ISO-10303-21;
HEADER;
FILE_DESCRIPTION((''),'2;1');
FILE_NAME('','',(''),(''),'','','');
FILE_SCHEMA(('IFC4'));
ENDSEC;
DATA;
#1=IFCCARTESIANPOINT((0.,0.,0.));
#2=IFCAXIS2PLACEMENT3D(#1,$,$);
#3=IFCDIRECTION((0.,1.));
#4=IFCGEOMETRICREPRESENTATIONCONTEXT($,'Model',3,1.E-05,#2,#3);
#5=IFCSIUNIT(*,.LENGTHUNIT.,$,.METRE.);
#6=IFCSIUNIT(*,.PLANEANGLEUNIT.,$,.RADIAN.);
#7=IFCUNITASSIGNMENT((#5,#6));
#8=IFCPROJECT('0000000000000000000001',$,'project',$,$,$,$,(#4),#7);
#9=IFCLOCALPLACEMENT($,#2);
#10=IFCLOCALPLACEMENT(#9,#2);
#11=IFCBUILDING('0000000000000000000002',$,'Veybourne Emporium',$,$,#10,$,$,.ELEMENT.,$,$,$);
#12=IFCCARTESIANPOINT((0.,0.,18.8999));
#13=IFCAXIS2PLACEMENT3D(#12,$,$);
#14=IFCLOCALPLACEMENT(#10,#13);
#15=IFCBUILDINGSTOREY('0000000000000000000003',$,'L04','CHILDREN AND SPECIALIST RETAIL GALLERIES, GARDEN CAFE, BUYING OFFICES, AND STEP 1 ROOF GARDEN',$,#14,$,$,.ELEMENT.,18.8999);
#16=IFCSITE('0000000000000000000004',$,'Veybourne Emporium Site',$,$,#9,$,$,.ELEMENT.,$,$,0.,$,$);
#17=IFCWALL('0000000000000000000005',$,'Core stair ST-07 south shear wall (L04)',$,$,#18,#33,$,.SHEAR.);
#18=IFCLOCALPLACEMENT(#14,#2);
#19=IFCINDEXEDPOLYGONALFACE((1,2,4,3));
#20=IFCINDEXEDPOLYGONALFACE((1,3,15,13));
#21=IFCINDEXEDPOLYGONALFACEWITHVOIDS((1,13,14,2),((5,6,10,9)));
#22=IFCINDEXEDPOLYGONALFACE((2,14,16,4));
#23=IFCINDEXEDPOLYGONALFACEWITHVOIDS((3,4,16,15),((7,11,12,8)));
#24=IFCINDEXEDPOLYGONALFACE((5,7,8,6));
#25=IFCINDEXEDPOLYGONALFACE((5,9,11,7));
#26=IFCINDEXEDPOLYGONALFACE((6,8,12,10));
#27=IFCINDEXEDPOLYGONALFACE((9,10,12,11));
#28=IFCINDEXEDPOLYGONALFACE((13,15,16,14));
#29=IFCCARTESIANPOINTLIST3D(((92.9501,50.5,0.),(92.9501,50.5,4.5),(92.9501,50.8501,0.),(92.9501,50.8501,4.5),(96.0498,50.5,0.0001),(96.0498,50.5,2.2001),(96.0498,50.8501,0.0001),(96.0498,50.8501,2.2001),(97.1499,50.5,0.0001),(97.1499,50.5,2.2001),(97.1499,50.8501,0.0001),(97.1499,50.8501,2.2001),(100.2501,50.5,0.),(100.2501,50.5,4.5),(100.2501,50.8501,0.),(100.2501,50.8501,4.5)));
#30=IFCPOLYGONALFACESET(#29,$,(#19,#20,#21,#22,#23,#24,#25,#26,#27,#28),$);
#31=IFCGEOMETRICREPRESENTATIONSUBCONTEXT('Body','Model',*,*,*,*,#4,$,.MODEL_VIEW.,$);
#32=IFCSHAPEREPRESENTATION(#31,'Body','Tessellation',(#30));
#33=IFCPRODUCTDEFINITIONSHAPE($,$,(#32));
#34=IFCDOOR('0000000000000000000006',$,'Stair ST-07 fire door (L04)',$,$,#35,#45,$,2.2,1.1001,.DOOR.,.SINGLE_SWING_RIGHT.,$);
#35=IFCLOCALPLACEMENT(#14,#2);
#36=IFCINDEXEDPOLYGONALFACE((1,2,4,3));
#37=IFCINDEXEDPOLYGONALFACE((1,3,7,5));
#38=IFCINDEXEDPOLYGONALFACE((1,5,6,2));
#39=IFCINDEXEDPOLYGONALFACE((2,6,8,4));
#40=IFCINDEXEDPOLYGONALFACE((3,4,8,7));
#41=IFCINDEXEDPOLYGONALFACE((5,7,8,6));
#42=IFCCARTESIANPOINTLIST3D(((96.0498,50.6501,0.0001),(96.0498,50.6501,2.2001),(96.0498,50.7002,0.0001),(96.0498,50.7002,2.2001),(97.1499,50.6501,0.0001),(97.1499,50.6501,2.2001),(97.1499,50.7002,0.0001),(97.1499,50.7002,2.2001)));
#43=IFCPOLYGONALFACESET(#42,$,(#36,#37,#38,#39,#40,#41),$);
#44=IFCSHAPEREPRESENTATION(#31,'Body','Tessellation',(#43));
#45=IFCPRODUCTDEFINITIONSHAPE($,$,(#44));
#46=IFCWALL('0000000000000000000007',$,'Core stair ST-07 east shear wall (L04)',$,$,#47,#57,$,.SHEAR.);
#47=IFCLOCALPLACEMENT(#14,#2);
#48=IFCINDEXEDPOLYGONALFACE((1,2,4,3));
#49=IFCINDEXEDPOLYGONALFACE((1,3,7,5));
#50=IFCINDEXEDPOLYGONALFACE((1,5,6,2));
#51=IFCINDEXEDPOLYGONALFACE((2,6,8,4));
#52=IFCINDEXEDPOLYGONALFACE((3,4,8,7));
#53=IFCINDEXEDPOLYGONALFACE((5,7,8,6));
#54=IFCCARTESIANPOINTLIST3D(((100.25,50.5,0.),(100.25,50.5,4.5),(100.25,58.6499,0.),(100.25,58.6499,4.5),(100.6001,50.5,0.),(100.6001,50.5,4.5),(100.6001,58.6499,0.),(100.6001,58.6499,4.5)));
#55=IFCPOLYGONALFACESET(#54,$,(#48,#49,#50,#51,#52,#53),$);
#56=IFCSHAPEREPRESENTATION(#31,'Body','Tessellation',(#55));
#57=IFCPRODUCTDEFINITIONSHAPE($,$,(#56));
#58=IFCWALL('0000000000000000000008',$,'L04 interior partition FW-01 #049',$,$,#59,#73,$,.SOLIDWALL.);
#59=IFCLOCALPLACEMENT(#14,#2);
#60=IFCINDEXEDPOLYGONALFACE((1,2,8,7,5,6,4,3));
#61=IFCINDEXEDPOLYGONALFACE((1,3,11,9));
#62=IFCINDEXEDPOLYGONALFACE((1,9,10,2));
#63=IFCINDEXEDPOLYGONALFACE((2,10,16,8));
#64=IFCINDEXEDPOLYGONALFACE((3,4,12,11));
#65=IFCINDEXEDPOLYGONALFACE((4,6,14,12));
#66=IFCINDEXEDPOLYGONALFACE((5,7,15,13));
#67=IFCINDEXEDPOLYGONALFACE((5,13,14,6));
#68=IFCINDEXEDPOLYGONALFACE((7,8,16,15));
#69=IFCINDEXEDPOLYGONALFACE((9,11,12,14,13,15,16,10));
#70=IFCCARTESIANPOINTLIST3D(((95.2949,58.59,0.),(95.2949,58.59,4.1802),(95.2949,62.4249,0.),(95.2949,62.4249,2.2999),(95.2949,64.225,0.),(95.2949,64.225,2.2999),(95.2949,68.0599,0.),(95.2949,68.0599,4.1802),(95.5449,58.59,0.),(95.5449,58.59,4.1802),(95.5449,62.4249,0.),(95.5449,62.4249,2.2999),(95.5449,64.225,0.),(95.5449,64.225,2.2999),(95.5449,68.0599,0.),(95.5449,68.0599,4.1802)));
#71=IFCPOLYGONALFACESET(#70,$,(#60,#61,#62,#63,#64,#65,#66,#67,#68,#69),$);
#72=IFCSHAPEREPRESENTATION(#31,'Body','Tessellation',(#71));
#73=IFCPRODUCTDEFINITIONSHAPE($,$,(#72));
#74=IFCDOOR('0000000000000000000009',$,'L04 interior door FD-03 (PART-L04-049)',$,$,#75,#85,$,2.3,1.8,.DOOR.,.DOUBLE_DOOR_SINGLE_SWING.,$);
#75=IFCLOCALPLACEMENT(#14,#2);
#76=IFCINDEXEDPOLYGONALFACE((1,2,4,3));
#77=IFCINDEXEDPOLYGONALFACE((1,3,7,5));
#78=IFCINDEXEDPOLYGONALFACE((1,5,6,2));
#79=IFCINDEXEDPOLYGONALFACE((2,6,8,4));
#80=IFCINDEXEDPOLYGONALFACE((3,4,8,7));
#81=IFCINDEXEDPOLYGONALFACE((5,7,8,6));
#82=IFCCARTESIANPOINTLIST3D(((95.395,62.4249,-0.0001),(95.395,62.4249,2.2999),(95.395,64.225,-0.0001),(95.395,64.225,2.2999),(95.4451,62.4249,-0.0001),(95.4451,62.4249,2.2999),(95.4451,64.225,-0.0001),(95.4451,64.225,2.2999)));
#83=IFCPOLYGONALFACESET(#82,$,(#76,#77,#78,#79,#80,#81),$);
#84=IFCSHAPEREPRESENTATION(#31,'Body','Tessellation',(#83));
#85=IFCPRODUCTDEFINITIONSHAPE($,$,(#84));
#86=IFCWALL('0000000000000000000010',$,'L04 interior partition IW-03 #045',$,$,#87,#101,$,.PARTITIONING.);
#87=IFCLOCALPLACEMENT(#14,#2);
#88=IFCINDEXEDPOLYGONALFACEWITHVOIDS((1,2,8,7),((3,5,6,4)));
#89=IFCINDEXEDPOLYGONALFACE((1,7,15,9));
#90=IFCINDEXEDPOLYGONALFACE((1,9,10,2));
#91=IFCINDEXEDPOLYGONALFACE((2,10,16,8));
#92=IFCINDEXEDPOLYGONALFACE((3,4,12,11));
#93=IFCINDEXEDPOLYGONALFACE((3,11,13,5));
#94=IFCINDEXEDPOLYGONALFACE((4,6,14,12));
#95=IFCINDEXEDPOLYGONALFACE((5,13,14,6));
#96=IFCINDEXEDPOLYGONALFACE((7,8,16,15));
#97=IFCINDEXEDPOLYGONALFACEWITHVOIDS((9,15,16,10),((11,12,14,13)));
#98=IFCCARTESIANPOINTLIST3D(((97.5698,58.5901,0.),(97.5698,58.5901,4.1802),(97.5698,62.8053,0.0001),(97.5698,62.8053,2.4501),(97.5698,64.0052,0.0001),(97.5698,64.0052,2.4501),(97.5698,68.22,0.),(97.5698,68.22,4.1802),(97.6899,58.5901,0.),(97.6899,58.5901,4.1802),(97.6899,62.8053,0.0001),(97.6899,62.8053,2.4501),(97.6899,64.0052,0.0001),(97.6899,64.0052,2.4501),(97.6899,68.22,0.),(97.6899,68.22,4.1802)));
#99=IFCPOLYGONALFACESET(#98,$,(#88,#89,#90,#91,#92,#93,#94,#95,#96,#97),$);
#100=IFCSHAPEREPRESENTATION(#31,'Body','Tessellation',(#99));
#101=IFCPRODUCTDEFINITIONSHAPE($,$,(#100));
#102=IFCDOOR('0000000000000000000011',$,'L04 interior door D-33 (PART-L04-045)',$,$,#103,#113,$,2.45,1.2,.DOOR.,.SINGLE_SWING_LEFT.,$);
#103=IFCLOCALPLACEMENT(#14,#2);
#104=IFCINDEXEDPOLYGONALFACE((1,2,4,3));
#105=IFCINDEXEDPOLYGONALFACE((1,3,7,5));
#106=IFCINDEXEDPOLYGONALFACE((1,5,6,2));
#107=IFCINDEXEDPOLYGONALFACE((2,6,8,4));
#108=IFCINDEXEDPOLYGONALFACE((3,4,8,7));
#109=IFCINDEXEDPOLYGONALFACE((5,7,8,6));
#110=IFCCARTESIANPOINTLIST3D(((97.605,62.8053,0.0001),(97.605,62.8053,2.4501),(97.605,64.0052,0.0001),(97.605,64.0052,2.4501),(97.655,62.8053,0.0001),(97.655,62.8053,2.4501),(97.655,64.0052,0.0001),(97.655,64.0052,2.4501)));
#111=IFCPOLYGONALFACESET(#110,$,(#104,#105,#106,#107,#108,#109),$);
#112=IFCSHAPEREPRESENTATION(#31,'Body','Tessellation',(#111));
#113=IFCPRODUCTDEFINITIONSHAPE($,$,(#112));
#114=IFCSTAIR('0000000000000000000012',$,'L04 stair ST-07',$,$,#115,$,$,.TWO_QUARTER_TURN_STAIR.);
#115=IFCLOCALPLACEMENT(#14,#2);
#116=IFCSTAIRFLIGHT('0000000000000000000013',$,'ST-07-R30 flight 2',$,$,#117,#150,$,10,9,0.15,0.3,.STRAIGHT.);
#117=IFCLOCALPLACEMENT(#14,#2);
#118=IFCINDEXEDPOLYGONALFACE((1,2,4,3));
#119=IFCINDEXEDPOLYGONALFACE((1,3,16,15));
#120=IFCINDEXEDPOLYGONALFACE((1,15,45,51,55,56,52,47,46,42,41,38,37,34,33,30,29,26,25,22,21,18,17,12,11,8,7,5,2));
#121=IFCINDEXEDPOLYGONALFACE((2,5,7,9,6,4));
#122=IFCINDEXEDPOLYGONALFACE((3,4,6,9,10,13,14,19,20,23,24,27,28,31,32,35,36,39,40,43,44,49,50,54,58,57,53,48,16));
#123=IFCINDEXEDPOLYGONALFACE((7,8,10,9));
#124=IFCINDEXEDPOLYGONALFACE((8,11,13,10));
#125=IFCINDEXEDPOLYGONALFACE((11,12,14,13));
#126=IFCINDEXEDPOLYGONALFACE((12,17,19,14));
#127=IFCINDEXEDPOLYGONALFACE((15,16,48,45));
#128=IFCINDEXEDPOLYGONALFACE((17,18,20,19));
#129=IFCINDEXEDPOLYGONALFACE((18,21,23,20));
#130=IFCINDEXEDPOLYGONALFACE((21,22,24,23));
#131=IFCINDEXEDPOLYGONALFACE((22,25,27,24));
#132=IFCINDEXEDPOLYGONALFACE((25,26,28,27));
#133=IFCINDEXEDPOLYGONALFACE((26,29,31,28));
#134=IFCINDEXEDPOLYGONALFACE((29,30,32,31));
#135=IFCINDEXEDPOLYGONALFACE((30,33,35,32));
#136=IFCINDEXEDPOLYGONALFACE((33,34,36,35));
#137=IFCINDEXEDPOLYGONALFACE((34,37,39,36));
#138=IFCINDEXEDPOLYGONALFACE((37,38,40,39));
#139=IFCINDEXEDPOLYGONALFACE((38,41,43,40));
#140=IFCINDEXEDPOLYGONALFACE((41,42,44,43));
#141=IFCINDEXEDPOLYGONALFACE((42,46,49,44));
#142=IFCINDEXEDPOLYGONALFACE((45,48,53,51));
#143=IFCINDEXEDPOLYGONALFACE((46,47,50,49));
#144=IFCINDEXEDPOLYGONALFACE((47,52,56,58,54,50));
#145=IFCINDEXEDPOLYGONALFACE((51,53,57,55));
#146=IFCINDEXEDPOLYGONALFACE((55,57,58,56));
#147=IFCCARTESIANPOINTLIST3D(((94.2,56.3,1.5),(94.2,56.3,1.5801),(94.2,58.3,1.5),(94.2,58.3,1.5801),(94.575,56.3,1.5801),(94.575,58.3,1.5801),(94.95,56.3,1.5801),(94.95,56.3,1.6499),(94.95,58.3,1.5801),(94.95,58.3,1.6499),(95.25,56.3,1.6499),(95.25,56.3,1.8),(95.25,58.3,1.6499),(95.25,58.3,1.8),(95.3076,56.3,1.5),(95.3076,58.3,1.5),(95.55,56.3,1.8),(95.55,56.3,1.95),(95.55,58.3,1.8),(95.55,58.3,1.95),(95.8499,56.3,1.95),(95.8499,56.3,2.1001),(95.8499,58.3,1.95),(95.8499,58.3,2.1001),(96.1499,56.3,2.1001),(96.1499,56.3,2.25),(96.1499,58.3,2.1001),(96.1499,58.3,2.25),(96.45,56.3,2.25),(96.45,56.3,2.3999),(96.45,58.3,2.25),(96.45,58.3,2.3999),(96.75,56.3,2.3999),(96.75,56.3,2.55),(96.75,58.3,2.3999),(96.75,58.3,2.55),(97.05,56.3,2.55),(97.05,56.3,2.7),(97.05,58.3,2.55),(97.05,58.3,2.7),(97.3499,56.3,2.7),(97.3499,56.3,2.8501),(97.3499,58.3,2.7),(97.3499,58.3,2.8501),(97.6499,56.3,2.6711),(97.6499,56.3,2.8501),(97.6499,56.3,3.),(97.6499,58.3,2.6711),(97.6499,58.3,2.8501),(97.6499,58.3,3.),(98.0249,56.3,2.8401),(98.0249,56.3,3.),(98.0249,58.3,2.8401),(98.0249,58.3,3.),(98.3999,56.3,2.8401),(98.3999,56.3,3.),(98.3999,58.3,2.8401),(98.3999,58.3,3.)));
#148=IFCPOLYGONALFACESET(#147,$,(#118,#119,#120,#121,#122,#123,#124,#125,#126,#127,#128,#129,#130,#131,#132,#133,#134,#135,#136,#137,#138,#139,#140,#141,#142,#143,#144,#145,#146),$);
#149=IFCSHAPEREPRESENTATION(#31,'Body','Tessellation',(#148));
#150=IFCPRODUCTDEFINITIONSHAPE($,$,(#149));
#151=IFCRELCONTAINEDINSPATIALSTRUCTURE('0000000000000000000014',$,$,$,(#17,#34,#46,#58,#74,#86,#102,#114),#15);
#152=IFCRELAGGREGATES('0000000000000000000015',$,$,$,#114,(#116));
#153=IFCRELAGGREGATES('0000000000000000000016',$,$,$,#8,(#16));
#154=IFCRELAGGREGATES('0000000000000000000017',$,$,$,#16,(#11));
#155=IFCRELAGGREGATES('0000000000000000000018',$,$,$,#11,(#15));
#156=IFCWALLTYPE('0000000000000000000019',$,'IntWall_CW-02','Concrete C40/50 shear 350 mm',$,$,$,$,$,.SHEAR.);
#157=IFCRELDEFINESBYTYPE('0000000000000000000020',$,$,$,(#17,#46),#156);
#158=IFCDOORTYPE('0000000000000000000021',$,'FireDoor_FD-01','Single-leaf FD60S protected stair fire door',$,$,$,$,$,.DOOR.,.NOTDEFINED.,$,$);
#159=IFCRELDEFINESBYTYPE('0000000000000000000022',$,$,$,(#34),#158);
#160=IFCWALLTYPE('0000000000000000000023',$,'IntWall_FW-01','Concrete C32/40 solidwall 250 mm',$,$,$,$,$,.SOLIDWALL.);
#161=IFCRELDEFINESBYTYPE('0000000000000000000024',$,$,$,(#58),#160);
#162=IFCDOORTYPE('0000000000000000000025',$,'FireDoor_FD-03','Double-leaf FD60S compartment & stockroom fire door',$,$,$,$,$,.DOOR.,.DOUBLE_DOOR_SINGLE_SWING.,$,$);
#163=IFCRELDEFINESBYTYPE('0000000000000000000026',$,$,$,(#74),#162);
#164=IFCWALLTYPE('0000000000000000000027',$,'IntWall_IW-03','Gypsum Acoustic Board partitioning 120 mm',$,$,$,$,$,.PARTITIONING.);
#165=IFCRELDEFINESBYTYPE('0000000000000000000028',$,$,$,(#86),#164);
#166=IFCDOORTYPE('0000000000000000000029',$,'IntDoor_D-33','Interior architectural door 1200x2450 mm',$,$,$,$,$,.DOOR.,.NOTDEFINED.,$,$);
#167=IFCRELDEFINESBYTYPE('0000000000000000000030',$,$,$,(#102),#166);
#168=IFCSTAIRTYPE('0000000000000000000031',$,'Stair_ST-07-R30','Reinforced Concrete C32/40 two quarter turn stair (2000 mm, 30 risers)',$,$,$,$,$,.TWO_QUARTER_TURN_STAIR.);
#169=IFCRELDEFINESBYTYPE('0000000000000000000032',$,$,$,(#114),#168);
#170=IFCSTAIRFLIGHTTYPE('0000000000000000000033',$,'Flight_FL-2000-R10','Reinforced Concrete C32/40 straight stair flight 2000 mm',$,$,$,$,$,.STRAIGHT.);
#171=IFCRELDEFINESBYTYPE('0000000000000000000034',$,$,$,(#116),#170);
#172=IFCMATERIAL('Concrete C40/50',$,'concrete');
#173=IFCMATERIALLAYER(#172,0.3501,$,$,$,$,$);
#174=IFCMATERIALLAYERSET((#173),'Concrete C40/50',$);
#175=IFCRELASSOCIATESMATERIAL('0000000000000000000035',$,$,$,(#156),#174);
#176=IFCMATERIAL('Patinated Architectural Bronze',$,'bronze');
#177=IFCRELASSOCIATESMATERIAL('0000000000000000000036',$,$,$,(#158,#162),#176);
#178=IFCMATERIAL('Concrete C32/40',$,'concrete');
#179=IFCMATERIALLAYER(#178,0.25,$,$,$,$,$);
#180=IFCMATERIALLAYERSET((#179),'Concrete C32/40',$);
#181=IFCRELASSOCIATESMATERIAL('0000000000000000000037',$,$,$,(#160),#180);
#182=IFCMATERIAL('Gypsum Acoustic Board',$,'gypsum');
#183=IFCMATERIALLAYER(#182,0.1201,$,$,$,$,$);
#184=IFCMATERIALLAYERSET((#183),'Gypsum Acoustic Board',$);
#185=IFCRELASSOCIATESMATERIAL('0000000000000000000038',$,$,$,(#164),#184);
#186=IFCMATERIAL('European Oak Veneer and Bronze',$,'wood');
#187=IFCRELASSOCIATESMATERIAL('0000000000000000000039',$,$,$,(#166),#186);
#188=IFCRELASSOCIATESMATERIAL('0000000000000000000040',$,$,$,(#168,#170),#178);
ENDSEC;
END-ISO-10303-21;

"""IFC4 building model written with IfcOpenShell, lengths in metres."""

from ifc_helpers import new_model, si_unit, direction, frame, frame_2d, origin, place, context, subcontext, project, spatial, polyline, rectangle, outline, extrude, material, layer, layer_set, type_object, element, fill, aggregate, save


model = new_model("IFC4")

# Units and contexts
model_context = context("Model", 3, precision=1e-05, world=origin(), true_north=direction((0.0, 1.0)))
body_context = subcontext(model_context, "Body", "Model", "MODEL_VIEW")
ifc_project = project(units=[si_unit("LENGTHUNIT", "METRE"), si_unit("PLANEANGLEUNIT", "RADIAN")], contexts=[model_context])

# Site, building, storey
site_placement = place(None, origin())
site = spatial("IfcSite", under=ifc_project, at=site_placement, Name="Veybourne Emporium Site", CompositionType="ELEMENT", RefElevation=0.0)
building_placement = place(site_placement, origin())
building = spatial("IfcBuilding", under=site, at=building_placement, Name="Veybourne Emporium", CompositionType="ELEMENT")
storey_placement = place(building_placement, frame((0.0, 0.0, 18.8999)))
storey = spatial("IfcBuildingStorey", under=building, at=storey_placement, Name="L04", Description="CHILDREN AND SPECIALIST RETAIL GALLERIES, GARDEN CAFE, BUYING OFFICES, AND STEP 1 ROOF GARDEN", CompositionType="ELEMENT", Elevation=18.8999)

# Shared definitions
ifc_material_1 = material(Name="Concrete C40/50", Category="concrete")

# Shared definitions
ifc_material_2 = material(Name="Concrete C32/40", Category="concrete")

# Wall, opening, door
ifc_layer_1 = layer(ifc_material_1, 0.3501)
ifc_layer_set_1 = layer_set([ifc_layer_1], Name="Concrete C40/50")
wall_type_1 = type_object("IfcWallType", Name="IntWall_CW-02", Description="Concrete C40/50 shear 350 mm", PredefinedType="SHEAR", material=ifc_layer_set_1)
wall_1_placement = place(storey_placement, frame((100.25, 50.675, 0.0), z_axis=(0.0, 0.0, 1.0), x_axis=(-1.0, 0.0, 0.0)))
wall_1 = element("IfcWall", 1, at=wall_1_placement, inside=storey, type_object=wall_type_1, Name="Core stair ST-07 south shear wall (L04)", PredefinedType="SHEAR", context=body_context, shape_type="SweptSolid", body=[
    extrude(rectangle(XDim=7.3, YDim=0.3501, at=frame_2d((3.6499, 0.0))), origin(), (0.0, 0.0, 1.0), 4.5),
])
opening_1_placement = place(wall_1_placement, frame((3.1001, 0.0, 0.0)))
opening_1 = element("IfcOpeningElement", 2, at=opening_1_placement, cuts=wall_1, PredefinedType="OPENING", context=body_context, shape_type="SweptSolid", body=[
    extrude(rectangle(XDim=1.1001, YDim=2.2, at=frame_2d((0.55, 1.1001))), frame((0.0, 0.1951, 0.0), z_axis=(0.0, -1.0, 0.0), x_axis=(1.0, 0.0, 0.0)), (0.0, 0.0, 1.0), 0.3901),
])
ifc_material_3 = material(Name="Patinated Architectural Bronze", Category="bronze")
door_type_1 = type_object("IfcDoorType", Name="FireDoor_FD-01", Description="Single-leaf FD60S protected stair fire door", OperationType="NOTDEFINED", PredefinedType="DOOR", material=ifc_material_3)
door_1_placement = place(opening_1_placement, origin())
door_1 = element("IfcDoor", 3, at=door_1_placement, inside=storey, type_object=door_type_1, Name="Stair ST-07 fire door (L04)", OperationType="SINGLE_SWING_RIGHT", OverallHeight=2.2, OverallWidth=1.1001, PredefinedType="DOOR", context=body_context, shape_type="SweptSolid", body=[
    extrude(rectangle(XDim=1.1001, YDim=2.2, at=frame_2d((0.55, 1.1001))), frame((0.0, 0.0249, 0.0), z_axis=(0.0, -1.0, 0.0), x_axis=(1.0, 0.0, 0.0)), (0.0, 0.0, 1.0), 0.05),
])
fill(opening_1, door_1)

# Wall
wall_2_placement = place(storey_placement, frame((100.425, 50.5, 0.0), z_axis=(0.0, 0.0, 1.0), x_axis=(0.0, 1.0, 0.0)))
element("IfcWall", 4, at=wall_2_placement, inside=storey, type_object=wall_type_1, Name="Core stair ST-07 east shear wall (L04)", PredefinedType="SHEAR", context=body_context, shape_type="SweptSolid", body=[
    extrude(rectangle(XDim=8.1499, YDim=0.3501, at=frame_2d((4.075, 0.0))), origin(), (0.0, 0.0, 1.0), 4.5),
])

# Walls, openings, doors
ifc_layer_2 = layer(ifc_material_2, 0.25)
ifc_layer_set_2 = layer_set([ifc_layer_2], Name="Concrete C32/40")
wall_type_2 = type_object("IfcWallType", Name="IntWall_FW-01", Description="Concrete C32/40 solidwall 250 mm", PredefinedType="SOLIDWALL", material=ifc_layer_set_2)
wall_3_placement = place(storey_placement, frame((95.4199, 58.5901, 0.0), z_axis=(0.0, 0.0, 1.0), x_axis=(0.0, 1.0, 0.0)))
wall_3 = element("IfcWall", 5, at=wall_3_placement, inside=storey, type_object=wall_type_2, Name="L04 interior partition FW-01 #049", PredefinedType="SOLIDWALL", context=body_context, shape_type="SweptSolid", body=[
    extrude(rectangle(XDim=9.47, YDim=0.25, at=frame_2d((4.7349, 0.0))), origin(), (0.0, 0.0, 1.0), 4.1802),
])
opening_2_placement = place(wall_3_placement, frame((3.835, 0.0, 0.0)))
opening_2 = element("IfcOpeningElement", 6, at=opening_2_placement, cuts=wall_3, PredefinedType="OPENING", context=body_context, shape_type="SweptSolid", body=[
    extrude(rectangle(XDim=1.8, YDim=2.3, at=frame_2d((0.8999, 1.1499))), frame((0.0, 0.145, 0.0), z_axis=(0.0, -1.0, 0.0), x_axis=(1.0, 0.0, 0.0)), (0.0, 0.0, 1.0), 0.29),
])
door_type_2 = type_object("IfcDoorType", Name="FireDoor_FD-03", Description="Double-leaf FD60S compartment & stockroom fire door", OperationType="DOUBLE_DOOR_SINGLE_SWING", PredefinedType="DOOR", material=ifc_material_3)
door_2_placement = place(opening_2_placement, origin())
door_2 = element("IfcDoor", 7, at=door_2_placement, inside=storey, type_object=door_type_2, Name="L04 interior door FD-03 (PART-L04-049)", OperationType="DOUBLE_DOOR_SINGLE_SWING", OverallHeight=2.3, OverallWidth=1.8, PredefinedType="DOOR", context=body_context, shape_type="SweptSolid", body=[
    extrude(rectangle(XDim=1.8, YDim=2.3, at=frame_2d((0.8999, 1.1499))), frame((0.0, 0.0249, 0.0), z_axis=(0.0, -1.0, 0.0), x_axis=(1.0, 0.0, 0.0)), (0.0, 0.0, 1.0), 0.05),
])
fill(opening_2, door_2)
ifc_material_4 = material(Name="Gypsum Acoustic Board", Category="gypsum")
ifc_layer_3 = layer(ifc_material_4, 0.1201)
ifc_layer_set_3 = layer_set([ifc_layer_3], Name="Gypsum Acoustic Board")
wall_type_3 = type_object("IfcWallType", Name="IntWall_IW-03", Description="Gypsum Acoustic Board partitioning 120 mm", PredefinedType="PARTITIONING", material=ifc_layer_set_3)
wall_4_placement = place(storey_placement, frame((97.6299, 58.5901, 0.0), z_axis=(0.0, 0.0, 1.0), x_axis=(0.0, 1.0, 0.0)))
wall_4 = element("IfcWall", 8, at=wall_4_placement, inside=storey, type_object=wall_type_3, Name="L04 interior partition IW-03 #045", PredefinedType="PARTITIONING", context=body_context, shape_type="SweptSolid", body=[
    extrude(rectangle(XDim=9.6299, YDim=0.1201, at=frame_2d((4.8149, 0.0))), origin(), (0.0, 0.0, 1.0), 4.1802),
])
opening_3_placement = place(wall_4_placement, frame((4.2151, 0.0, 0.0)))
opening_3 = element("IfcOpeningElement", 9, at=opening_3_placement, cuts=wall_4, PredefinedType="OPENING", context=body_context, shape_type="SweptSolid", body=[
    extrude(rectangle(XDim=1.2, YDim=2.45, at=frame_2d((0.6001, 1.2251))), frame((0.0, 0.0801, 0.0), z_axis=(0.0, -1.0, 0.0), x_axis=(1.0, 0.0, 0.0)), (0.0, 0.0, 1.0), 0.1602),
])
ifc_material_5 = material(Name="European Oak Veneer and Bronze", Category="wood")
door_type_3 = type_object("IfcDoorType", Name="IntDoor_D-33", Description="Interior architectural door 1200x2450 mm", OperationType="NOTDEFINED", PredefinedType="DOOR", material=ifc_material_5)
door_3_placement = place(opening_3_placement, origin())
door_3 = element("IfcDoor", 10, at=door_3_placement, inside=storey, type_object=door_type_3, Name="L04 interior door D-33 (PART-L04-045)", OperationType="SINGLE_SWING_LEFT", OverallHeight=2.45, OverallWidth=1.2, PredefinedType="DOOR", context=body_context, shape_type="SweptSolid", body=[
    extrude(rectangle(XDim=1.2, YDim=2.45, at=frame_2d((0.6001, 1.2251))), frame((0.0, 0.0249, 0.0), z_axis=(0.0, -1.0, 0.0), x_axis=(1.0, 0.0, 0.0)), (0.0, 0.0, 1.0), 0.05),
])
fill(opening_3, door_3)

# Stair, stair flight
stair_type = type_object("IfcStairType", Name="Stair_ST-07-R30", Description="Reinforced Concrete C32/40 two quarter turn stair (2000 mm, 30 risers)", PredefinedType="TWO_QUARTER_TURN_STAIR", material=ifc_material_2)
stair_placement = place(storey_placement, origin())
stair = element("IfcStair", 11, at=stair_placement, inside=storey, type_object=stair_type, Name="L04 stair ST-07", PredefinedType="TWO_QUARTER_TURN_STAIR")
stair_flight_type = type_object("IfcStairFlightType", Name="Flight_FL-2000-R10", Description="Reinforced Concrete C32/40 straight stair flight 2000 mm", PredefinedType="STRAIGHT", material=ifc_material_2)
stair_flight_1_placement = place(storey_placement, frame((94.95, 57.3, 1.5), z_axis=(0.0, 0.0, 1.0), x_axis=(1.0, 0.0, 0.0)))
stair_flight_1 = element("IfcStairFlight", 12, at=stair_flight_1_placement, type_object=stair_flight_type, Name="ST-07-R30 flight 2", NumberOfRisers=10, NumberOfTreads=9, PredefinedType="STRAIGHT", RiserHeight=0.15, TreadLength=0.3, context=body_context, shape_type="SweptSolid", body=[
    extrude(outline(polyline([(-0.75, 0.0), (-0.75, 0.0801), (-0.375, 0.0801), (0.0, 0.0801), (0.0, 0.1499), (0.3, 0.1499), (0.3, 0.3), (0.6001, 0.3), (0.6001, 0.45), (0.8999, 0.45), (0.8999, 0.6001), (1.2, 0.6001), (1.2, 0.75), (1.5, 0.75), (1.5, 0.8999), (1.8, 0.8999), (1.8, 1.05), (2.1001, 1.05), (2.1001, 1.2), (2.3999, 1.2), (2.3999, 1.3501), (2.7, 1.3501), (2.7, 1.5), (3.075, 1.5), (3.45, 1.5), (3.45, 1.3401), (3.075, 1.3401), (2.7, 1.1711), (0.3577, 0.0), (-0.75, 0.0)])), frame((0.0, 1.0, 0.0), z_axis=(0.0, -1.0, 0.0), x_axis=(1.0, 0.0, 0.0)), (0.0, 0.0, 1.0), 2.0),
])
aggregate(stair, [stair_flight_1])

save(model, "model.ifc")
